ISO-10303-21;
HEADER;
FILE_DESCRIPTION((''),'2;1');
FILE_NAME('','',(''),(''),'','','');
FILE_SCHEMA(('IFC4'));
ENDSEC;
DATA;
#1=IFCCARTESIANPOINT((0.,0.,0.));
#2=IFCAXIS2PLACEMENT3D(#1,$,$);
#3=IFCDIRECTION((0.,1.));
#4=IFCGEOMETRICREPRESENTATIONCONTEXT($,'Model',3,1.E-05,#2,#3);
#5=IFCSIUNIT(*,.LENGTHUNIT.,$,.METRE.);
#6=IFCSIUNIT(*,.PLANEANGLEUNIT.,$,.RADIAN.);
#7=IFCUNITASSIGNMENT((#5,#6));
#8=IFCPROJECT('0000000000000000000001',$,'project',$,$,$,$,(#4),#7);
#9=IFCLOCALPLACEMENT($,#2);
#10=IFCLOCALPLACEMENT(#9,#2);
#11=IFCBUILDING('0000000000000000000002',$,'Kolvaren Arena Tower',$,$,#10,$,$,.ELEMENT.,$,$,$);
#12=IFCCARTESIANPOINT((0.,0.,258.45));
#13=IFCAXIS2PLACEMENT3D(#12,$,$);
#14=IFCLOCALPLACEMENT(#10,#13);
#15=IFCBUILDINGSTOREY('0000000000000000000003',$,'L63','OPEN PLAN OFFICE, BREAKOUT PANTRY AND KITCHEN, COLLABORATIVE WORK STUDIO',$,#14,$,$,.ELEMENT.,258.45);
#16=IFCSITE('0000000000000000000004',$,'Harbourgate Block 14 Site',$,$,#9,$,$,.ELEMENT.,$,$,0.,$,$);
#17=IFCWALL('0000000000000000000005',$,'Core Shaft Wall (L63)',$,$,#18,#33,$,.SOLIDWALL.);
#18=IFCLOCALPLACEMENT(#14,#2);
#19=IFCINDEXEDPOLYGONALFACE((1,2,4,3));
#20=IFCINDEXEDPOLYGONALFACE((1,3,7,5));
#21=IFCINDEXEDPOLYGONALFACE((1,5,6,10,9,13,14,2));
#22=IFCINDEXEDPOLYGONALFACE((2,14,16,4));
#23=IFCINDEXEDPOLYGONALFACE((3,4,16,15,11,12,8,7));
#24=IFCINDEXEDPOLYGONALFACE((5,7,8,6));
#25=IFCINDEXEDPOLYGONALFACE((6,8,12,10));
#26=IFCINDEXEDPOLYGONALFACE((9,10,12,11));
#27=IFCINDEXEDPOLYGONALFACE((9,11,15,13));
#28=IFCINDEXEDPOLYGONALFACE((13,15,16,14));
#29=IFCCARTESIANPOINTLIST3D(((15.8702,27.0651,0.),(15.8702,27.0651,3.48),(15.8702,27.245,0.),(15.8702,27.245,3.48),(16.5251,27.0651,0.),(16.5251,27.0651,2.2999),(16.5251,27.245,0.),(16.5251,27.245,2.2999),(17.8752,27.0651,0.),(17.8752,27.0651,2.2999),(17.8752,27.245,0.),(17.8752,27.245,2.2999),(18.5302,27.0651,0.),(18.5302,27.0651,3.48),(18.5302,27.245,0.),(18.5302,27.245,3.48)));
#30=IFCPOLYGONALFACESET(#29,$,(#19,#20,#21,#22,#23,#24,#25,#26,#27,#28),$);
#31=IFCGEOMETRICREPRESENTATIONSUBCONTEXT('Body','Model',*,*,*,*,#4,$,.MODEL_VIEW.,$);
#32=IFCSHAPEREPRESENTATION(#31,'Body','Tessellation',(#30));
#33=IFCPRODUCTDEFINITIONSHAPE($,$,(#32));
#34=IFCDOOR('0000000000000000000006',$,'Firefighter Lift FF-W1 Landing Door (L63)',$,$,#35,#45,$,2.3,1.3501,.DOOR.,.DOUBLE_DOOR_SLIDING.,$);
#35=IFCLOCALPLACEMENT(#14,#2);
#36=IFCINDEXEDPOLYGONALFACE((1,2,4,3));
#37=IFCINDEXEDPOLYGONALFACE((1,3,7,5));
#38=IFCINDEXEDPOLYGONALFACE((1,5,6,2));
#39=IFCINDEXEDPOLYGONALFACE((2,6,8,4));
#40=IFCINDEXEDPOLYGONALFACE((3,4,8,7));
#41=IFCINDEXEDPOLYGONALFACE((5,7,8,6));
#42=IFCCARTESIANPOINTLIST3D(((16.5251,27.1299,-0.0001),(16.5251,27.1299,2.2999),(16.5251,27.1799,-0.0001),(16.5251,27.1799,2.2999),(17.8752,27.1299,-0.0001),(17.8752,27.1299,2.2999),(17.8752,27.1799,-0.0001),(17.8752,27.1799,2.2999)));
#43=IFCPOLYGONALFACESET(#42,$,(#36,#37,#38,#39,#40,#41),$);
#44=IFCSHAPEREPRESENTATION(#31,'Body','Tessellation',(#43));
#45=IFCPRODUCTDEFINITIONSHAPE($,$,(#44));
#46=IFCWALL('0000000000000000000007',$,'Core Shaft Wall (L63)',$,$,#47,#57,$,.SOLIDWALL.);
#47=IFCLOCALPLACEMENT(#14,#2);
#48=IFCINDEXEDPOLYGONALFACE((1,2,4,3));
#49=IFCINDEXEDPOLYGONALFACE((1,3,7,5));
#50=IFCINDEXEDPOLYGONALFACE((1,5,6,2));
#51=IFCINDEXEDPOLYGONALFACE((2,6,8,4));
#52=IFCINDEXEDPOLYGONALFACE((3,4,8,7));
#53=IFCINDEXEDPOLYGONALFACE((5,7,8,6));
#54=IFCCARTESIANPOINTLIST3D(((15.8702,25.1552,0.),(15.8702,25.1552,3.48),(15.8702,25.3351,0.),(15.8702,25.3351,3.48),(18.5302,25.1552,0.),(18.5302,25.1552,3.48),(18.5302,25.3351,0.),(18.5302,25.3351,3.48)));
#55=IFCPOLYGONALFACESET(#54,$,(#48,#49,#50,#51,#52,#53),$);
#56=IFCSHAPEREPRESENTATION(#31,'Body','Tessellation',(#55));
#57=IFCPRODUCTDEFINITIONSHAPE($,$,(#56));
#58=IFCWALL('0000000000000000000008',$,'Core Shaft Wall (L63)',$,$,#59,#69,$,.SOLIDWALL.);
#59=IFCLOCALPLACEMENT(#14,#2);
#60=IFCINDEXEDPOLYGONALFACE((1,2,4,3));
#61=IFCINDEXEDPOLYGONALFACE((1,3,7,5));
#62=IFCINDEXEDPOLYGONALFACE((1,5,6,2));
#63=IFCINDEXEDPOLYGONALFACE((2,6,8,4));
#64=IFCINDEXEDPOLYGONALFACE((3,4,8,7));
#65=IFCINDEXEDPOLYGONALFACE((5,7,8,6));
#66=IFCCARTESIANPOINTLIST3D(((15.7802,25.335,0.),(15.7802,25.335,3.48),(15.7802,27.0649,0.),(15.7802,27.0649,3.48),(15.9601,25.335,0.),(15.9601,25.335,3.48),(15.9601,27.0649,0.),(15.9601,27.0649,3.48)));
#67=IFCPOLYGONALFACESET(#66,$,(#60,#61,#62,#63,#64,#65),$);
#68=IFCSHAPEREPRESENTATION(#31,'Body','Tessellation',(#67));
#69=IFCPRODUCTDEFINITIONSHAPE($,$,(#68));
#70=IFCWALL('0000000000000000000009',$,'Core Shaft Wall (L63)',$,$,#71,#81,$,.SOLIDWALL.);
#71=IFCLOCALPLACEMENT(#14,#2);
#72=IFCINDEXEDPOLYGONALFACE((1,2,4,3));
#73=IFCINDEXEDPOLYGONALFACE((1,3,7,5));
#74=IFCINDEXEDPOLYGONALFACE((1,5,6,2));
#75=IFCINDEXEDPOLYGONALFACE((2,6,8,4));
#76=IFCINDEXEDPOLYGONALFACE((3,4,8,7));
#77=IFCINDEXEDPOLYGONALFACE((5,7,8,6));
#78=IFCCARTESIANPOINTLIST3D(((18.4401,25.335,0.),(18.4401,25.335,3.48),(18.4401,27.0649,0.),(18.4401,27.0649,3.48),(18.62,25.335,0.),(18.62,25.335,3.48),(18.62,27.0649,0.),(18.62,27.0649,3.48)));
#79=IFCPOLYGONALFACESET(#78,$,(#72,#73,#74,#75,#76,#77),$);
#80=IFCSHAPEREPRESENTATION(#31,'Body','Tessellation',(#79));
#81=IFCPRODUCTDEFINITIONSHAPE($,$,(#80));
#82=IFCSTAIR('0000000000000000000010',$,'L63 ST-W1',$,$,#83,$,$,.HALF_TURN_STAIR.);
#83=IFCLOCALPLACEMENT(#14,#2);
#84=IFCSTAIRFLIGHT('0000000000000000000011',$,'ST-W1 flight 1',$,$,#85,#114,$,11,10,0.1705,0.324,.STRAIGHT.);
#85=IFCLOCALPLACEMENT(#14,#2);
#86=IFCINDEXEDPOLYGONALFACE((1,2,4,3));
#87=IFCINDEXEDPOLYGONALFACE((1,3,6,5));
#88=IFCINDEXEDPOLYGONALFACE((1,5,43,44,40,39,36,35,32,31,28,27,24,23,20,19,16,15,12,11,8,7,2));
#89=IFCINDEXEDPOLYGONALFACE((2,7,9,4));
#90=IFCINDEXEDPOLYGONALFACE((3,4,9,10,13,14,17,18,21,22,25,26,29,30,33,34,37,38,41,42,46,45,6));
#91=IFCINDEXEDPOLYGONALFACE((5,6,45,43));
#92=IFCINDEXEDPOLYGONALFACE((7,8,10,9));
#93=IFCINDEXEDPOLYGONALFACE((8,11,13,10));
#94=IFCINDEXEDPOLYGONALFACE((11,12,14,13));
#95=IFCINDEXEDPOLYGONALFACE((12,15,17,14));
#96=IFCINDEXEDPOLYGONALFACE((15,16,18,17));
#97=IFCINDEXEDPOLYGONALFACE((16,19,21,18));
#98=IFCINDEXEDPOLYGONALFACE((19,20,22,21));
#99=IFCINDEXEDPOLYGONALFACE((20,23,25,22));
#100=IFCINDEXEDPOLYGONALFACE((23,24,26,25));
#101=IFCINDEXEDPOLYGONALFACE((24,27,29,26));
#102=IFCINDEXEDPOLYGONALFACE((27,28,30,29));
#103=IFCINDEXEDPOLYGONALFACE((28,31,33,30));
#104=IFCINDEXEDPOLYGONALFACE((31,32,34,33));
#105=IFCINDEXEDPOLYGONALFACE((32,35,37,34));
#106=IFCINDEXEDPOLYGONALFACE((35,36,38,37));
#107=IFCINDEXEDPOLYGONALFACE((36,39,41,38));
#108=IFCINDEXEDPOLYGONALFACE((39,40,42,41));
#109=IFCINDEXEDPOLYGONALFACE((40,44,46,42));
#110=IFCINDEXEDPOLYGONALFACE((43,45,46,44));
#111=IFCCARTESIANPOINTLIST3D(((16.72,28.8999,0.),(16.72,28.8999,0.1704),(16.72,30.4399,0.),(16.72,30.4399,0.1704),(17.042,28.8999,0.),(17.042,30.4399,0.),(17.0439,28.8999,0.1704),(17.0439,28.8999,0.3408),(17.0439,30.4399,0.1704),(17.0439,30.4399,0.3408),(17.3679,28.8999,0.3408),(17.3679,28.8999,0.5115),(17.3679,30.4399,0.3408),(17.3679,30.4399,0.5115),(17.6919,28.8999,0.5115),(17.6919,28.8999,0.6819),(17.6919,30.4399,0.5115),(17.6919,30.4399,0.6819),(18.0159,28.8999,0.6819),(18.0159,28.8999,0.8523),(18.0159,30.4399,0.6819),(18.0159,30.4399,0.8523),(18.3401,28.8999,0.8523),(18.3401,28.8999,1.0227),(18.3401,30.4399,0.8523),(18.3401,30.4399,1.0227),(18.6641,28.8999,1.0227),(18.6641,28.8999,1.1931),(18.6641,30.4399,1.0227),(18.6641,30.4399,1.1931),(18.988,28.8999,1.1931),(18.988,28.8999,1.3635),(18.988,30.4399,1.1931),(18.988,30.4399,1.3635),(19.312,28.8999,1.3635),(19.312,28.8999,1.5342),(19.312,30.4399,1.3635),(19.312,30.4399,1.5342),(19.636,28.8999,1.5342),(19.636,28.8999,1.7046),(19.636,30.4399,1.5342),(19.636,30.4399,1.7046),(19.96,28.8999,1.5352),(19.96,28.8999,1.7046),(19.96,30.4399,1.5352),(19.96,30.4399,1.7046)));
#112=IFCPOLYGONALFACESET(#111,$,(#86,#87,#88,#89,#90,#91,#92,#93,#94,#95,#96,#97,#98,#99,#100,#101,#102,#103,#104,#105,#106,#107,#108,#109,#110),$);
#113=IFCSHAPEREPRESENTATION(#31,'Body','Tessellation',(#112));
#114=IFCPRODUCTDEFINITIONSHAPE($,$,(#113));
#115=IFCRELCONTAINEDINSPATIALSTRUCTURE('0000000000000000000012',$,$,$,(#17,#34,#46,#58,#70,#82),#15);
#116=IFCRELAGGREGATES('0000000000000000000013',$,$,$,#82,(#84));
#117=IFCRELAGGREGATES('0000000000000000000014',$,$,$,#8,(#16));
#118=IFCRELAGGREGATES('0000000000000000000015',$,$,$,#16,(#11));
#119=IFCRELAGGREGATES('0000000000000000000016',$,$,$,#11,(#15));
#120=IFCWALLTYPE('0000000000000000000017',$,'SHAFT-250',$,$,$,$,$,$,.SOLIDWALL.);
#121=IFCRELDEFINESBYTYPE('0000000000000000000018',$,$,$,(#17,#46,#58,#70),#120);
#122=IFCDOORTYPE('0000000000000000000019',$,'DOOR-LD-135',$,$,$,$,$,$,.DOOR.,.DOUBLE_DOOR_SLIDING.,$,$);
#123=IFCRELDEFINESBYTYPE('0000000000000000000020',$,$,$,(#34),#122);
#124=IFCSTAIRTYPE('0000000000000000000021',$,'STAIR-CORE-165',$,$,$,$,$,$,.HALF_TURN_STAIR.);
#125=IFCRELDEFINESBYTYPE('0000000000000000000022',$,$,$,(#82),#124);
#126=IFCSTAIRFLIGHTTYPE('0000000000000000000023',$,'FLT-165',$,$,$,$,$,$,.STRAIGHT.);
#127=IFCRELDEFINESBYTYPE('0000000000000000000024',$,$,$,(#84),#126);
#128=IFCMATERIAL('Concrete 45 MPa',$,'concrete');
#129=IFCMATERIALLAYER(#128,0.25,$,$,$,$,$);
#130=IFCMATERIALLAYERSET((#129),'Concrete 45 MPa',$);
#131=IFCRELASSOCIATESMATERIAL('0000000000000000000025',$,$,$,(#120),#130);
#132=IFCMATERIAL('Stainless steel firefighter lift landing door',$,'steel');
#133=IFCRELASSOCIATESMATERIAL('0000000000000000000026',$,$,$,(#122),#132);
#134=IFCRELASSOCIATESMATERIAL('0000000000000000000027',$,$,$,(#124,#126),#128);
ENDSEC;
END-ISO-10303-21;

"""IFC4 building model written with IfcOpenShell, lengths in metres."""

from ifc_helpers import new_model, si_unit, direction, frame, frame_2d, origin, place, context, subcontext, project, spatial, polyline, rectangle, outline, extrude, material, layer, layer_set, type_object, element, fill, aggregate, save


model = new_model("IFC4")

# Units and contexts
model_context = context("Model", 3, precision=1e-05, world=origin(), true_north=direction((0.0, 1.0)))
body_context = subcontext(model_context, "Body", "Model", "MODEL_VIEW")
ifc_project = project(units=[si_unit("LENGTHUNIT", "METRE"), si_unit("PLANEANGLEUNIT", "RADIAN")], contexts=[model_context])

# Site, building, storey
site_placement = place(None, origin())
site = spatial("IfcSite", under=ifc_project, at=site_placement, Name="Harbourgate Block 14 Site", CompositionType="ELEMENT", RefElevation=0.0)
building_placement = place(site_placement, origin())
building = spatial("IfcBuilding", under=site, at=building_placement, Name="Kolvaren Arena Tower", CompositionType="ELEMENT")
storey_placement = place(building_placement, frame((0.0, 0.0, 258.45)))
storey = spatial("IfcBuildingStorey", under=building, at=storey_placement, Name="L63", Description="OPEN PLAN OFFICE, BREAKOUT PANTRY AND KITCHEN, COLLABORATIVE WORK STUDIO", CompositionType="ELEMENT", Elevation=258.45)

# Shared definitions
ifc_material_1 = material(Name="Concrete 45 MPa", Category="concrete")
ifc_layer_1 = layer(ifc_material_1, 0.25)
ifc_layer_set_1 = layer_set([ifc_layer_1], Name="Concrete 45 MPa")
wall_type_1 = type_object("IfcWallType", Name="SHAFT-250", PredefinedType="SOLIDWALL", material=ifc_layer_set_1)

# Wall, opening, door
wall_1_placement = place(storey_placement, frame((15.8701, 27.155, 0.0), z_axis=(0.0, 0.0, 1.0), x_axis=(1.0, 0.0, 0.0)))
wall_1 = element("IfcWall", 1, at=wall_1_placement, inside=storey, type_object=wall_type_1, Name="Core Shaft Wall (L63)", PredefinedType="SOLIDWALL", context=body_context, shape_type="SweptSolid", body=[
    extrude(rectangle(XDim=2.6599, YDim=0.1799, at=frame_2d((1.3301, 0.0))), origin(), (0.0, 0.0, 1.0), 3.48),
])
opening_1_placement = place(wall_1_placement, frame((0.655, 0.0, 0.0)))
opening_1 = element("IfcOpeningElement", 2, at=opening_1_placement, cuts=wall_1, PredefinedType="OPENING", context=body_context, shape_type="SweptSolid", body=[
    extrude(rectangle(XDim=1.3501, YDim=2.3, at=frame_2d((0.675, 1.1499))), frame((0.0, 0.0999, 0.0), z_axis=(0.0, -1.0, 0.0), x_axis=(1.0, 0.0, 0.0)), (0.0, 0.0, 1.0), 0.2),
])
ifc_material_2 = material(Name="Stainless steel firefighter lift landing door", Category="steel")
door_type_1 = type_object("IfcDoorType", Name="DOOR-LD-135", OperationType="DOUBLE_DOOR_SLIDING", PredefinedType="DOOR", material=ifc_material_2)
door_1_placement = place(opening_1_placement, origin())
door_1 = element("IfcDoor", 3, at=door_1_placement, inside=storey, type_object=door_type_1, Name="Firefighter Lift FF-W1 Landing Door (L63)", OperationType="DOUBLE_DOOR_SLIDING", OverallHeight=2.3, OverallWidth=1.3501, PredefinedType="DOOR", context=body_context, shape_type="SweptSolid", body=[
    extrude(rectangle(XDim=1.3501, YDim=2.3, at=frame_2d((0.675, 1.1499))), frame((0.0, 0.0249, 0.0), z_axis=(0.0, -1.0, 0.0), x_axis=(1.0, 0.0, 0.0)), (0.0, 0.0, 1.0), 0.05),
])
fill(opening_1, door_1)

# Walls
wall_2_placement = place(storey_placement, frame((15.8701, 25.2451, 0.0), z_axis=(0.0, 0.0, 1.0), x_axis=(1.0, 0.0, 0.0)))
element("IfcWall", 4, at=wall_2_placement, inside=storey, type_object=wall_type_1, Name="Core Shaft Wall (L63)", PredefinedType="SOLIDWALL", context=body_context, shape_type="SweptSolid", body=[
    extrude(rectangle(XDim=2.6599, YDim=0.1799, at=frame_2d((1.3301, 0.0))), origin(), (0.0, 0.0, 1.0), 3.48),
])
for number, where, z_axis, x_axis, name in (
    (5, (15.8701, 25.335, 0.0), (0.0, 0.0, 1.0), (0.0, 1.0, 0.0), "Core Shaft Wall (L63)"),
    (6, (18.53, 25.335, 0.0), (0.0, 0.0, 1.0), (0.0, 1.0, 0.0), "Core Shaft Wall (L63)"),
):
    element("IfcWall", number, at=place(storey_placement, frame(where, z_axis=z_axis, x_axis=x_axis)), inside=storey, type_object=wall_type_1, Name=name, PredefinedType="SOLIDWALL", context=body_context, shape_type="SweptSolid", body=[
        extrude(rectangle(XDim=1.73, YDim=0.1799, at=frame_2d((0.865, 0.0))), origin(), (0.0, 0.0, 1.0), 3.48),
    ])

# Stair, stair flight
stair_type = type_object("IfcStairType", Name="STAIR-CORE-165", PredefinedType="HALF_TURN_STAIR", material=ifc_material_1)
stair_placement = place(storey_placement, origin())
stair = element("IfcStair", 7, at=stair_placement, inside=storey, type_object=stair_type, Name="L63 ST-W1", PredefinedType="HALF_TURN_STAIR")
stair_flight_type = type_object("IfcStairFlightType", Name="FLT-165", PredefinedType="STRAIGHT", material=ifc_material_1)
stair_flight_placement = place(storey_placement, frame((16.72, 29.6699, 0.0), z_axis=(0.0, 0.0, 1.0), x_axis=(1.0, 0.0, 0.0)))
stair_flight = element("IfcStairFlight", 8, at=stair_flight_placement, type_object=stair_flight_type, Name="ST-W1 flight 1", NumberOfRisers=11, NumberOfTreads=10, PredefinedType="STRAIGHT", RiserHeight=0.1705, TreadLength=0.324, context=body_context, shape_type="SweptSolid", body=[
    extrude(outline(polyline([(0.0, 0.0), (0.0, 0.1704), (0.324, 0.1704), (0.324, 0.3408), (0.6479, 0.3408), (0.6479, 0.5115), (0.9719, 0.5115), (0.9719, 0.6819), (1.2959, 0.6819), (1.2959, 0.8523), (1.6201, 0.8523), (1.6201, 1.0227), (1.9441, 1.0227), (1.9441, 1.1931), (2.2681, 1.1931), (2.2681, 1.3635), (2.592, 1.3635), (2.592, 1.5342), (2.916, 1.5342), (2.916, 1.7046), (3.24, 1.7046), (3.24, 1.875), (3.24, 1.5352), (0.322, 0.0), (0.0, 0.0)])), frame((0.0, 0.77, 0.0), z_axis=(0.0, -1.0, 0.0), x_axis=(1.0, 0.0, 0.0)), (0.0, 0.0, 1.0), 1.54),
])
aggregate(stair, [stair_flight])

save(model, "model.ifc")
